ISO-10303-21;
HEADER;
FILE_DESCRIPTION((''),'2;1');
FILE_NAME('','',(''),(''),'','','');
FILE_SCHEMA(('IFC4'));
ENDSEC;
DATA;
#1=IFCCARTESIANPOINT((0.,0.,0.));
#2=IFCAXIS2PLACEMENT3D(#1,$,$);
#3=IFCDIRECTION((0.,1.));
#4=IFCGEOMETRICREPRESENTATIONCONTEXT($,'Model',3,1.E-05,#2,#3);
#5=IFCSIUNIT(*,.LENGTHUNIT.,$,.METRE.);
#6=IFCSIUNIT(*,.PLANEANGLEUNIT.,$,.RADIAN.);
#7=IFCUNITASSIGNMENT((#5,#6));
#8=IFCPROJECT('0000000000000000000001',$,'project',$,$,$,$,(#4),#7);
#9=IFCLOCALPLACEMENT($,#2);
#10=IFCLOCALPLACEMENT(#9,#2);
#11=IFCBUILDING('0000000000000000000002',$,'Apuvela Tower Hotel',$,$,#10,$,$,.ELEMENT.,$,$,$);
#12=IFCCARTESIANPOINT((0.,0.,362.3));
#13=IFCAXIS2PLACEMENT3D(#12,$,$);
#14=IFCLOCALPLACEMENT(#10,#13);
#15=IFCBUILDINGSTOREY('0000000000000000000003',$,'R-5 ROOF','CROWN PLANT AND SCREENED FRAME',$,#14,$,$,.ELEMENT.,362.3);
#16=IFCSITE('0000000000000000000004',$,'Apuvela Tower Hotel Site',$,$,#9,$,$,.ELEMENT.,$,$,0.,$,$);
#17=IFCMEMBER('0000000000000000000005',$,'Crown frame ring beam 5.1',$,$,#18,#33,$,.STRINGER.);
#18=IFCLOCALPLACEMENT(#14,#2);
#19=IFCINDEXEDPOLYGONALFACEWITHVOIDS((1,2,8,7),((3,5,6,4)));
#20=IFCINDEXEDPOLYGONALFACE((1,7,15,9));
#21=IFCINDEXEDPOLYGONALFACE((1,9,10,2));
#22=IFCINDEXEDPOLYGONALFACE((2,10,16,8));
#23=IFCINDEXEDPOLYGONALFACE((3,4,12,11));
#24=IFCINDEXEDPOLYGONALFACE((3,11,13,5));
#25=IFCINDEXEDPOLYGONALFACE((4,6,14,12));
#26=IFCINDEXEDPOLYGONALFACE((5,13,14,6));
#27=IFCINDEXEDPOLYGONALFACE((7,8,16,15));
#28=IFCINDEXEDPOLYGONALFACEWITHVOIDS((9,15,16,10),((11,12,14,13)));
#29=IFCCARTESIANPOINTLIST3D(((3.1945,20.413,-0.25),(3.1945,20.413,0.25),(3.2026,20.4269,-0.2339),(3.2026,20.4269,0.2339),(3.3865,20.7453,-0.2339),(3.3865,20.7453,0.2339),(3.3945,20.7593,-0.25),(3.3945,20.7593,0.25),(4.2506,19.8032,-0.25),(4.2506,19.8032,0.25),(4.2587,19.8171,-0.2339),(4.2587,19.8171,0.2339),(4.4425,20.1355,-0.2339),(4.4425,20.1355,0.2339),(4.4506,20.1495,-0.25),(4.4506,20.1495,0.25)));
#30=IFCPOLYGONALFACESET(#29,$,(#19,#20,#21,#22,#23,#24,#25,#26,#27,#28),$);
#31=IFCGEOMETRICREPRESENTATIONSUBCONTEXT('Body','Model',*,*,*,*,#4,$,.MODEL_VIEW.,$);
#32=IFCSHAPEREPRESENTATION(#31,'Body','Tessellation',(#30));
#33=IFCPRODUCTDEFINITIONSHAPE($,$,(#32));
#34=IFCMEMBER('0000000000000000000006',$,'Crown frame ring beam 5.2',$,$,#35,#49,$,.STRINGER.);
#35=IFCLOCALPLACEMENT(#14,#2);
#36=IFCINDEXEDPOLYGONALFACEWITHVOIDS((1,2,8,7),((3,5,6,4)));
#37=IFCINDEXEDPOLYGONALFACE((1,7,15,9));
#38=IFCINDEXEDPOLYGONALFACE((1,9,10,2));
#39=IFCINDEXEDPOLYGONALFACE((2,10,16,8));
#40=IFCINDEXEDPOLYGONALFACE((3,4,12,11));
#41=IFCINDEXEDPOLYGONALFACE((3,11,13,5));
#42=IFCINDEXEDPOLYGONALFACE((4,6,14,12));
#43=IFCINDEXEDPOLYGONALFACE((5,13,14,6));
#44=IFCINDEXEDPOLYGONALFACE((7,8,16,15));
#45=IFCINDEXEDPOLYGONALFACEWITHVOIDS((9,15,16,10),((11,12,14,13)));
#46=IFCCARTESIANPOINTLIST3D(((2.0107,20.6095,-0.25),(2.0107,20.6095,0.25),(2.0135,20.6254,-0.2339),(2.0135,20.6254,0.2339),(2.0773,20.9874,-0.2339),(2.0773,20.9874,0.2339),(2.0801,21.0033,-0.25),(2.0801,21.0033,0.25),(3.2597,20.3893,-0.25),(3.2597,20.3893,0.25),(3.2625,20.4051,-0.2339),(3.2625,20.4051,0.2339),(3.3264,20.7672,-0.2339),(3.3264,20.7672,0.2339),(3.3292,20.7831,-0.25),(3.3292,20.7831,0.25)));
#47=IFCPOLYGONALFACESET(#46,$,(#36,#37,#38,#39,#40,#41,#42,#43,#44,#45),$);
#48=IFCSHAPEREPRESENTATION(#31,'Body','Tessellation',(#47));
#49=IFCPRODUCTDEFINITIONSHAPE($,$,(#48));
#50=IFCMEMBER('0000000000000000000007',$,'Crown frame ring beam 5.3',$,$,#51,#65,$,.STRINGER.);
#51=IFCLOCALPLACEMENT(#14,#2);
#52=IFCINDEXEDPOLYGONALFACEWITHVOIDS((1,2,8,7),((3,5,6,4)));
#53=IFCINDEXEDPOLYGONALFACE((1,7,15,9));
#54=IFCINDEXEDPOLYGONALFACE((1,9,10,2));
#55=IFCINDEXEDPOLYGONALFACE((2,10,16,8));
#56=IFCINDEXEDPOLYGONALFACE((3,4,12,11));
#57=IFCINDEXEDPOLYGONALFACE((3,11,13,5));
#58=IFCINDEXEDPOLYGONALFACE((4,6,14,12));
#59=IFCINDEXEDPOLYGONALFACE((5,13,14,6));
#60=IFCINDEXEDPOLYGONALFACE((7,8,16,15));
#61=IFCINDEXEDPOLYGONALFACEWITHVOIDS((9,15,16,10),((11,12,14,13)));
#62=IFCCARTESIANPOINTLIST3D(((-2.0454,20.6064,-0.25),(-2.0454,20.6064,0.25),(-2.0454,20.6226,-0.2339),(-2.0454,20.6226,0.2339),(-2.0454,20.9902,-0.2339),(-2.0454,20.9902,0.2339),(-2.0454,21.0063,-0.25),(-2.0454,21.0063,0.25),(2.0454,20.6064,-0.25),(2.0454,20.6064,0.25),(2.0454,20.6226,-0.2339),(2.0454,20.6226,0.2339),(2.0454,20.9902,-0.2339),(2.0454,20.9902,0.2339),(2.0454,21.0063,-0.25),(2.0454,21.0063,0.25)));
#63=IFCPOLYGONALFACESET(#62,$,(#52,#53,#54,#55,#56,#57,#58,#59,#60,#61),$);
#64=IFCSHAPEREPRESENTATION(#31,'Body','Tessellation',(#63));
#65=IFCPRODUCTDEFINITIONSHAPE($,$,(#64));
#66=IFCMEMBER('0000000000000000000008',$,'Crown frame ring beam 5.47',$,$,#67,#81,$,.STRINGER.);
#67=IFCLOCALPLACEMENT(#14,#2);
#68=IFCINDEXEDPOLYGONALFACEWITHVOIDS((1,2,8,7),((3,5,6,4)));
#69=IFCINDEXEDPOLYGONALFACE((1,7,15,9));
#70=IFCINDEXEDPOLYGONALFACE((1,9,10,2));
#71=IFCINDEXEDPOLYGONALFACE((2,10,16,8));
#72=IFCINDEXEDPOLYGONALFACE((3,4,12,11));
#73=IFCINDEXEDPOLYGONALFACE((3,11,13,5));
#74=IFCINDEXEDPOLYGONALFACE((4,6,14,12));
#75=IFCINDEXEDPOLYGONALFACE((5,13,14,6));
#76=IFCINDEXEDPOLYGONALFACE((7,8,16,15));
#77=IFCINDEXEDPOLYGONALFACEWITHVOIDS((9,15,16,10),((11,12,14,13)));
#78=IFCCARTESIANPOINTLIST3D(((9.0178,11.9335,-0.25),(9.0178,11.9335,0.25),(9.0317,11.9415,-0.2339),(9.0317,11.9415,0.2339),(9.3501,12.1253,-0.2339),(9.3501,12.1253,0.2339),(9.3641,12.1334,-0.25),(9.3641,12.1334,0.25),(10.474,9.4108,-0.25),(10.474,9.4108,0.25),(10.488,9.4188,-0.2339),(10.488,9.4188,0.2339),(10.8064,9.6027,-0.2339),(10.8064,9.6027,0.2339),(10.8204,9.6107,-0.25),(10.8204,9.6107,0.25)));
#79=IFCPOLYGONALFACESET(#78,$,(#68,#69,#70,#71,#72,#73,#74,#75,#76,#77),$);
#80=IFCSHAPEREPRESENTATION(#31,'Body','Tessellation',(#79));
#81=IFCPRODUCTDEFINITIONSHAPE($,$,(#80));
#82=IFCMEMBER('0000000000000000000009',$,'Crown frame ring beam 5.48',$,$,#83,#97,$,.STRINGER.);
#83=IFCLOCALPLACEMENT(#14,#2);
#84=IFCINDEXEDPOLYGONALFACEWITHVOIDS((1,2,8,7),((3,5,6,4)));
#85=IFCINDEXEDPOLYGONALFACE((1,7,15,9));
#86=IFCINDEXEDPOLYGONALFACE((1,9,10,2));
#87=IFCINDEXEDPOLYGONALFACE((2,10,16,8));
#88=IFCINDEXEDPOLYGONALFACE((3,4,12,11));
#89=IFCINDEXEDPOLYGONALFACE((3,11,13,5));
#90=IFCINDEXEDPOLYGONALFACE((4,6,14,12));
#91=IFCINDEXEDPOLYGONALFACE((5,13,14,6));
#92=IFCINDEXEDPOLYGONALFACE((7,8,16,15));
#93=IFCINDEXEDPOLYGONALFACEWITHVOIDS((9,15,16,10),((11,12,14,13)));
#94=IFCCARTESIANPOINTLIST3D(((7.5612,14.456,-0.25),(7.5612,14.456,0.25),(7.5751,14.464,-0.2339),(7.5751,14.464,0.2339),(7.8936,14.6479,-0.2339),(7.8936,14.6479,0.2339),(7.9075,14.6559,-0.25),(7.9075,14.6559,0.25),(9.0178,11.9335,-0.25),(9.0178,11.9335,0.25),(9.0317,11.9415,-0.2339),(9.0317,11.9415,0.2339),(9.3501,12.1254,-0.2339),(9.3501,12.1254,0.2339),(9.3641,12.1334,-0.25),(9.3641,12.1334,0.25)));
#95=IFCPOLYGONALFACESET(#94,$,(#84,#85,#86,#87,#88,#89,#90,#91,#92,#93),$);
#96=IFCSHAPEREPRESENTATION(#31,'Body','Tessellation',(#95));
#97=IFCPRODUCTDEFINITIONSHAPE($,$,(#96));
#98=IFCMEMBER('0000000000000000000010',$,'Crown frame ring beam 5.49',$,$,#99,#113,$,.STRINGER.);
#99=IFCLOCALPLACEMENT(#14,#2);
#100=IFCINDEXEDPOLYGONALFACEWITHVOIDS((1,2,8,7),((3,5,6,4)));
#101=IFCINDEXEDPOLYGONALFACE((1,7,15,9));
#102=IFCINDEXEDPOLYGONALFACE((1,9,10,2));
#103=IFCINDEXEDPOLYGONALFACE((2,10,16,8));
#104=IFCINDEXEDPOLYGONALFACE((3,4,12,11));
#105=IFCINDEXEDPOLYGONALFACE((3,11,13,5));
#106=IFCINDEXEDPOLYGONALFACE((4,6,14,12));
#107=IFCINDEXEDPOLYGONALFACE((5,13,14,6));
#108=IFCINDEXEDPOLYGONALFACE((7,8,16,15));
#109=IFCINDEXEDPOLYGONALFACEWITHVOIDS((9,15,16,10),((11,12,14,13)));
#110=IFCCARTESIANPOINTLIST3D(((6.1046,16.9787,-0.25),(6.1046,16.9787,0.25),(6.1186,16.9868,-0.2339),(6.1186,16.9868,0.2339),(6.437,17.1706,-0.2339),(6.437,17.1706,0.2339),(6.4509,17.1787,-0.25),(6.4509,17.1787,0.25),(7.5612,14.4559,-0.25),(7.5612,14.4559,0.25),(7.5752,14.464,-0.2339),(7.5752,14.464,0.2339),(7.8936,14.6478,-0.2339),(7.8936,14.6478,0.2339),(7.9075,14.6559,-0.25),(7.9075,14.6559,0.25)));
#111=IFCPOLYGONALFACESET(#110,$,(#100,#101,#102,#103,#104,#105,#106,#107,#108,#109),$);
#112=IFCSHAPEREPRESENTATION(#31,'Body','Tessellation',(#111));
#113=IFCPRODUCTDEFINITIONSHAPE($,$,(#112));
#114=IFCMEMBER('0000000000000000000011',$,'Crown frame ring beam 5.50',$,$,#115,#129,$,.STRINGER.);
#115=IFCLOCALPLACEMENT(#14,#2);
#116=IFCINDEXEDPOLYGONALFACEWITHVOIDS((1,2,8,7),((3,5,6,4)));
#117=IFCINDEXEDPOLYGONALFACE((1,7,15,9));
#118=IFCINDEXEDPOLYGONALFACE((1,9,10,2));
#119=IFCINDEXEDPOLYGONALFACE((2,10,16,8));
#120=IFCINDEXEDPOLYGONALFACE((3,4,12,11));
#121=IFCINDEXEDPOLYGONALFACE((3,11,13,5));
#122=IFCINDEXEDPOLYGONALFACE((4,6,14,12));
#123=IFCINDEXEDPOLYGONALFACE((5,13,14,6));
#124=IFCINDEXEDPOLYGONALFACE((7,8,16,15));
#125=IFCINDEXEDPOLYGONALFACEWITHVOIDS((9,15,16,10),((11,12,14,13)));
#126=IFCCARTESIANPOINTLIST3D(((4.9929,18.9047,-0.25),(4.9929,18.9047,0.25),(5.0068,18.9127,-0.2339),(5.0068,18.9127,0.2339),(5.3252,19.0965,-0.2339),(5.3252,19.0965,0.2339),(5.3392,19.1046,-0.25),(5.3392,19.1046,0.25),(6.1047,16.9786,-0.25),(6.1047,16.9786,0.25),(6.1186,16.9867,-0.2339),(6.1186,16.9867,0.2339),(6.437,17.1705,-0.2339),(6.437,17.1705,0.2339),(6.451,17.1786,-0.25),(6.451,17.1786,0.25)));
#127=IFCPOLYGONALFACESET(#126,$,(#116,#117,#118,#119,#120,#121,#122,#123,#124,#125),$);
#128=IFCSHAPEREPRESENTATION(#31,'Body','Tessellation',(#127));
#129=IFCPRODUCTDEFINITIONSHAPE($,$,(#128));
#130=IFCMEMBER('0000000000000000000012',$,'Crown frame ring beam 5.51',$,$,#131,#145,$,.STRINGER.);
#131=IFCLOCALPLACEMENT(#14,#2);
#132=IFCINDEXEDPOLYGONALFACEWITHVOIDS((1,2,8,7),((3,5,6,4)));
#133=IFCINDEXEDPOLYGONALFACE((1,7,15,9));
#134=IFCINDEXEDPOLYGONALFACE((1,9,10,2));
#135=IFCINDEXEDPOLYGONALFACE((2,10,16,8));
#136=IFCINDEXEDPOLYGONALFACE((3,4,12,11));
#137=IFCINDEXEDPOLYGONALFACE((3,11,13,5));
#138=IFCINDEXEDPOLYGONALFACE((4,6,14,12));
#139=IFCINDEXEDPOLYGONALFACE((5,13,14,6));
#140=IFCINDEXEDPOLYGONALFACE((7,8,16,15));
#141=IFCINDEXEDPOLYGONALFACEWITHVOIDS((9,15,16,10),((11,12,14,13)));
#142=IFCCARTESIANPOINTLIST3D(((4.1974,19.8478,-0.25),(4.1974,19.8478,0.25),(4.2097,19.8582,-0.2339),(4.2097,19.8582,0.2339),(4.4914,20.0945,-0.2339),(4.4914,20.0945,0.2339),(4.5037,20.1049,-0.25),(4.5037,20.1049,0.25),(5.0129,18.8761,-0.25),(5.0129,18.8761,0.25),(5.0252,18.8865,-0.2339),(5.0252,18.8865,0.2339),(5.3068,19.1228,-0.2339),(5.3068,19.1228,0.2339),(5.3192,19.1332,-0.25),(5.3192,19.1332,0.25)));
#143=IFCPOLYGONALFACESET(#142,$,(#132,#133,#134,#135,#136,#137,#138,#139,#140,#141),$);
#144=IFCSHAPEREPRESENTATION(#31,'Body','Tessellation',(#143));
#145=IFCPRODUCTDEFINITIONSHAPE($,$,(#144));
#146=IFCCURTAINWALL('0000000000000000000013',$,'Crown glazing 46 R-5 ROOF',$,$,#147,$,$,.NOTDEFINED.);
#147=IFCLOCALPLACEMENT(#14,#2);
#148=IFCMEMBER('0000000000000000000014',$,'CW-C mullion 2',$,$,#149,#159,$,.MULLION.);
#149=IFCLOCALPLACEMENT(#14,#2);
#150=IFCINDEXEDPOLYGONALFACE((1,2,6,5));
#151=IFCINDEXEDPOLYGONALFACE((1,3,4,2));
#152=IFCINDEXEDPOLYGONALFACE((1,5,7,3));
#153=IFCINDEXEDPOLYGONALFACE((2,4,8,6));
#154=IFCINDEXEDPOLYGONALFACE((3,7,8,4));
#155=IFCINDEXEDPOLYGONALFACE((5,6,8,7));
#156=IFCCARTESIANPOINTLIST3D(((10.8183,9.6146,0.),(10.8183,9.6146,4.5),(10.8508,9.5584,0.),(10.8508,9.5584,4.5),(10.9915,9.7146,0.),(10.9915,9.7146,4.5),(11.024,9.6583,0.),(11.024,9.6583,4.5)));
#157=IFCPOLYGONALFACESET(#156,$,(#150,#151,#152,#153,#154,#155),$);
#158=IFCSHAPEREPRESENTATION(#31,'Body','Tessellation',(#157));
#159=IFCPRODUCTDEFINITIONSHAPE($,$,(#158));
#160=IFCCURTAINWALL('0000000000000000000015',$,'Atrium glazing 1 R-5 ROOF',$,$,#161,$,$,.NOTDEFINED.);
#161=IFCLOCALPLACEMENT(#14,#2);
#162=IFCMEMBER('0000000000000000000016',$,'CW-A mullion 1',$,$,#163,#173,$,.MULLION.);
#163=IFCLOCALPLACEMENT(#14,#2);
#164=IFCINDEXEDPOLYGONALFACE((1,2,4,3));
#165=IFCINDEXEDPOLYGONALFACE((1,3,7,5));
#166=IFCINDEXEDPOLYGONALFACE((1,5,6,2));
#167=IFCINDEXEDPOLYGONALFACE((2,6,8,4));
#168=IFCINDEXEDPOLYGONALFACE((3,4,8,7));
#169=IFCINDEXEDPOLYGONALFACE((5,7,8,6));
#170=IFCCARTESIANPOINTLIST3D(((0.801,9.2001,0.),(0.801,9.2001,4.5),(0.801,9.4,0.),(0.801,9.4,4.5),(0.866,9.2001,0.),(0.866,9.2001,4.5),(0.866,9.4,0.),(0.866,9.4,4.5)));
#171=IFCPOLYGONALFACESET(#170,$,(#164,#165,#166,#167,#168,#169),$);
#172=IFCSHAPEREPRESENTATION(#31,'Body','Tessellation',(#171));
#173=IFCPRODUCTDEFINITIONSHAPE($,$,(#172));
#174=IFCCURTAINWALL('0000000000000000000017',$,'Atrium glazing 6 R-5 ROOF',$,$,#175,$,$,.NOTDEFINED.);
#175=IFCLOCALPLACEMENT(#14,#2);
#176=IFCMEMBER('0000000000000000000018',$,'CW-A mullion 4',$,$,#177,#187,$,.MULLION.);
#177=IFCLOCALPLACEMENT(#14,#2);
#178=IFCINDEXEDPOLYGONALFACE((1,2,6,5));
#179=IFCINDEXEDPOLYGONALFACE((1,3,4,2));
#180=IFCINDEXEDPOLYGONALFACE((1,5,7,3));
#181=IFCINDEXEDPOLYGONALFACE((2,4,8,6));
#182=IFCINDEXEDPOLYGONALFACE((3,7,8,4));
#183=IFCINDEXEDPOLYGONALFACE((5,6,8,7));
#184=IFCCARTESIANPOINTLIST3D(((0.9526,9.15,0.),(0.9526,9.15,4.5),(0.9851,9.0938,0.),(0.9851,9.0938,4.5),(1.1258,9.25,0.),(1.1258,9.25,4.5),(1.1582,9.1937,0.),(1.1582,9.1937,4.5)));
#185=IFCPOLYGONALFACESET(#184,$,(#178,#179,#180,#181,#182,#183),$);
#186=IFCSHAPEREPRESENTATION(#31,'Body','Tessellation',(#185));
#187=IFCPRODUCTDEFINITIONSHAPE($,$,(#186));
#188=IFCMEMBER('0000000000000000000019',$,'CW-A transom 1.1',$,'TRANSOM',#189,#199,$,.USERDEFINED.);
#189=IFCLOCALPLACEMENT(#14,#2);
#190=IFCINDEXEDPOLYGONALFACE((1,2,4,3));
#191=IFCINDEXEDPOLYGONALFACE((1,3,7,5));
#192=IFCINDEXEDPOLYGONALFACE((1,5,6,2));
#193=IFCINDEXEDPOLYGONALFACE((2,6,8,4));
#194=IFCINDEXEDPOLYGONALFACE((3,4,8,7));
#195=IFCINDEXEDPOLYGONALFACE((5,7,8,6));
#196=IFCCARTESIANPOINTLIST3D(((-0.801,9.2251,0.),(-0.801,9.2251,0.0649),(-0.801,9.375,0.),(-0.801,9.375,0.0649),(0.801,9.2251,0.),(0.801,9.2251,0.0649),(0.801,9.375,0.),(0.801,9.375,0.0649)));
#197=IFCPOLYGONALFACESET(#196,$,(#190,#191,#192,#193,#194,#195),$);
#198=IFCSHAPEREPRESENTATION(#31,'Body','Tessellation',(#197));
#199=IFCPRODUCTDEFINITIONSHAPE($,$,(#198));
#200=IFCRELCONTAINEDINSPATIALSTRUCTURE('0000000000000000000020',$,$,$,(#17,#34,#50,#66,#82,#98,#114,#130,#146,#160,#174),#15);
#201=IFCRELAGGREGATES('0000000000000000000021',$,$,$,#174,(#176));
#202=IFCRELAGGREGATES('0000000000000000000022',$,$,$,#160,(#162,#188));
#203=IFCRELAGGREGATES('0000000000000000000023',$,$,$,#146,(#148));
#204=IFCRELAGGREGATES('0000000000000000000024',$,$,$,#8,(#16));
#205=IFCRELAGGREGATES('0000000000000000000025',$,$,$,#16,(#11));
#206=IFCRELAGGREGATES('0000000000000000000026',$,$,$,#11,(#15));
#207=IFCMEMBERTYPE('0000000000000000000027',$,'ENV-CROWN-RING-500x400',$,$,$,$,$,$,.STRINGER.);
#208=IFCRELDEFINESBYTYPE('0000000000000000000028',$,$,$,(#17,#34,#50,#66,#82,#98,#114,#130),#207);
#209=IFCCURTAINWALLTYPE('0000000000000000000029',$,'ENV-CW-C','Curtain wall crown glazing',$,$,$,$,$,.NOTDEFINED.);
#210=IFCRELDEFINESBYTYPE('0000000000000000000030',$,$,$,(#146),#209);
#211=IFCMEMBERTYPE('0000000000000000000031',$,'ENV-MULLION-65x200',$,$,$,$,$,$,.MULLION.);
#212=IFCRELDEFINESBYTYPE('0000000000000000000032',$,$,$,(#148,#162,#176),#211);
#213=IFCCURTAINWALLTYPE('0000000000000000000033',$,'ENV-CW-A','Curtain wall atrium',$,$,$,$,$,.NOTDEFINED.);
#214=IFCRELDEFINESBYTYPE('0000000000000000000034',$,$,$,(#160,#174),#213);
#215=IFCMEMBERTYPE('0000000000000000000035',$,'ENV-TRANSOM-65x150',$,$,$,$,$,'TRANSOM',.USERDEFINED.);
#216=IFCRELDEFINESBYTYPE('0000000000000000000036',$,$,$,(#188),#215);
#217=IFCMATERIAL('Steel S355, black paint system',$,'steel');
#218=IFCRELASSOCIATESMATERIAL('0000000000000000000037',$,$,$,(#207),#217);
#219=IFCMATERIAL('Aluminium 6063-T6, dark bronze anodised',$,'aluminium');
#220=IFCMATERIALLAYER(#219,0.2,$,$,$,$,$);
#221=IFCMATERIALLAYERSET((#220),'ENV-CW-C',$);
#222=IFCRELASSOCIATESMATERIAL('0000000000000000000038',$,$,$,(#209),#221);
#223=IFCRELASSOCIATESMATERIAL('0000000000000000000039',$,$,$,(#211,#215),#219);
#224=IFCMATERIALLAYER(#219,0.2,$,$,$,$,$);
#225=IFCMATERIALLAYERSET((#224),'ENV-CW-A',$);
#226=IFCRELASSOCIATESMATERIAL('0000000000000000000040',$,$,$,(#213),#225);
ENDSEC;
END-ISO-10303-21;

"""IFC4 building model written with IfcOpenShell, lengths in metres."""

from ifc_helpers import new_model, si_unit, direction, frame, origin, origin_2d, place, context, subcontext, project, spatial, rectangle, hollow_rectangle, extrude, material, layer, layer_set, material_profile, profile_set, type_object, element, aggregate, save


model = new_model("IFC4")

# Units and contexts
model_context = context("Model", 3, precision=1e-05, world=origin(), true_north=direction((0.0, 1.0)))
body_context = subcontext(model_context, "Body", "Model", "MODEL_VIEW")
ifc_project = project(units=[si_unit("LENGTHUNIT", "METRE"), si_unit("PLANEANGLEUNIT", "RADIAN")], contexts=[model_context])

# Site, building, storey
site_placement = place(None, origin())
site = spatial("IfcSite", under=ifc_project, at=site_placement, Name="Apuvela Tower Hotel Site", CompositionType="ELEMENT", RefElevation=0.0)
building_placement = place(site_placement, origin())
building = spatial("IfcBuilding", under=site, at=building_placement, Name="Apuvela Tower Hotel", CompositionType="ELEMENT")
storey_placement = place(building_placement, frame((0.0, 0.0, 362.3)))
storey = spatial("IfcBuildingStorey", under=building, at=storey_placement, Name="R-5 ROOF", Description="CROWN PLANT AND SCREENED FRAME", CompositionType="ELEMENT", Elevation=362.3)

# Members
ifc_material_1 = material(Name="Steel S355, black paint system", Category="steel")
ifc_material_profile_1 = material_profile(ifc_material_1, hollow_rectangle(XDim=0.3999, YDim=0.5, WallThickness=0.0161, at=origin_2d()), Name="HSS 500x400x16")
ifc_profile_set_1 = profile_set([ifc_material_profile_1], Name="Steel S355, black paint system")
member_type_1 = type_object("IfcMemberType", Name="ENV-CROWN-RING-500x400", PredefinedType="STRINGER", material=ifc_profile_set_1)
member_1_placement = place(storey_placement, frame((4.3506, 19.9763, 0.0), z_axis=(-0.865992, 0.500057, 0.0), x_axis=(-0.500057, -0.865992, 0.0)))
element("IfcMember", 1, at=member_1_placement, inside=storey, type_object=member_type_1, Name="Crown frame ring beam 5.1", PredefinedType="STRINGER", context=body_context, shape_type="SweptSolid", body=[
    extrude(hollow_rectangle(XDim=0.3999, YDim=0.5, WallThickness=0.0161, at=origin_2d()), origin(), (0.0, 0.0, 1.0), 1.2195),
])
member_2_placement = place(storey_placement, frame((3.2944, 20.5862, 0.0), z_axis=(-0.984811, 0.173632, 0.0), x_axis=(-0.173632, -0.984811, 0.0)))
element("IfcMember", 2, at=member_2_placement, inside=storey, type_object=member_type_1, Name="Crown frame ring beam 5.2", PredefinedType="STRINGER", context=body_context, shape_type="SweptSolid", body=[
    extrude(hollow_rectangle(XDim=0.3999, YDim=0.5, WallThickness=0.0161, at=origin_2d()), origin(), (0.0, 0.0, 1.0), 1.2683),
])
member_3_placement = place(storey_placement, frame((2.0454, 20.8064, 0.0), z_axis=(-1.0, 0.0, 0.0), x_axis=(0.0, -1.0, 0.0)))
element("IfcMember", 3, at=member_3_placement, inside=storey, type_object=member_type_1, Name="Crown frame ring beam 5.3", PredefinedType="STRINGER", context=body_context, shape_type="SweptSolid", body=[
    extrude(hollow_rectangle(XDim=0.3999, YDim=0.5, WallThickness=0.0161, at=origin_2d()), origin(), (0.0, 0.0, 1.0), 4.0908),
])
for number, where, z_axis, x_axis, name in (
    (4, (10.6472, 9.5107, 0.0), (-0.499952, 0.866053, 0.0), (-0.866053, -0.499952, 0.0), "Crown frame ring beam 5.47"),
    (5, (9.1909, 12.0334, 0.0), (-0.500051, 0.865996, 0.0), (-0.865996, -0.500051, 0.0), "Crown frame ring beam 5.48"),
):
    element("IfcMember", number, at=place(storey_placement, frame(where, z_axis=z_axis, x_axis=x_axis)), inside=storey, type_object=member_type_1, Name=name, PredefinedType="STRINGER", context=body_context, shape_type="SweptSolid", body=[
        extrude(hollow_rectangle(XDim=0.3999, YDim=0.5, WallThickness=0.0161, at=origin_2d()), origin(), (0.0, 0.0, 1.0), 2.9128),
    ])
member_4_placement = place(storey_placement, frame((7.7344, 14.5559, 0.0), z_axis=(-0.500015, 0.866017, 0.0), x_axis=(-0.866017, -0.500015, 0.0)))
element("IfcMember", 6, at=member_4_placement, inside=storey, type_object=member_type_1, Name="Crown frame ring beam 5.49", PredefinedType="STRINGER", context=body_context, shape_type="SweptSolid", body=[
    extrude(hollow_rectangle(XDim=0.3999, YDim=0.5, WallThickness=0.0161, at=origin_2d()), origin(), (0.0, 0.0, 1.0), 2.9131),
])
member_5_placement = place(storey_placement, frame((6.2778, 17.0786, 0.0), z_axis=(-0.499941, 0.866059, 0.0), x_axis=(-0.866059, -0.499941, 0.0)))
element("IfcMember", 7, at=member_5_placement, inside=storey, type_object=member_type_1, Name="Crown frame ring beam 5.50", PredefinedType="STRINGER", context=body_context, shape_type="SweptSolid", body=[
    extrude(hollow_rectangle(XDim=0.3999, YDim=0.5, WallThickness=0.0161, at=origin_2d()), origin(), (0.0, 0.0, 1.0), 2.2239),
])
member_6_placement = place(storey_placement, frame((5.166, 19.0046, 0.0), z_axis=(-0.642831, 0.766008, 0.0), x_axis=(-0.766008, -0.642831, 0.0)))
element("IfcMember", 8, at=member_6_placement, inside=storey, type_object=member_type_1, Name="Crown frame ring beam 5.51", PredefinedType="STRINGER", context=body_context, shape_type="SweptSolid", body=[
    extrude(hollow_rectangle(XDim=0.3999, YDim=0.5, WallThickness=0.0161, at=origin_2d()), origin(), (0.0, 0.0, 1.0), 1.2686),
])

# Curtain walls, members
ifc_material_2 = material(Name="Aluminium 6063-T6, dark bronze anodised", Category="aluminium")
ifc_layer_1 = layer(ifc_material_2, 0.2)
ifc_layer_set_1 = layer_set([ifc_layer_1], Name="ENV-CW-C")
curtain_wall_type_1 = type_object("IfcCurtainWallType", Name="ENV-CW-C", Description="Curtain wall crown glazing", PredefinedType="NOTDEFINED", material=ifc_layer_set_1)
curtain_wall_1_placement = place(storey_placement, origin())
curtain_wall_1 = element("IfcCurtainWall", 9, at=curtain_wall_1_placement, inside=storey, type_object=curtain_wall_type_1, Name="Crown glazing 46 R-5 ROOF", PredefinedType="NOTDEFINED")
ifc_material_profile_2 = material_profile(ifc_material_2, rectangle(XDim=0.2, YDim=0.0649, at=origin_2d()), Name="AL 65x200")
ifc_profile_set_2 = profile_set([ifc_material_profile_2], Name="Aluminium 6063-T6, dark bronze anodised")
member_type_2 = type_object("IfcMemberType", Name="ENV-MULLION-65x200", PredefinedType="MULLION", material=ifc_profile_set_2)
member_7_placement = place(storey_placement, frame((10.9211, 9.6365, 0.0), z_axis=(0.0, 0.0, 1.0), x_axis=(-0.866022, -0.500006, 0.0)))
member_7 = element("IfcMember", 10, at=member_7_placement, type_object=member_type_2, Name="CW-C mullion 2", PredefinedType="MULLION", context=body_context, shape_type="SweptSolid", body=[
    extrude(rectangle(XDim=0.2, YDim=0.0649, at=origin_2d()), origin(), (0.0, 0.0, 1.0), 4.5),
])
ifc_layer_2 = layer(ifc_material_2, 0.2)
ifc_layer_set_2 = layer_set([ifc_layer_2], Name="ENV-CW-A")
curtain_wall_type_2 = type_object("IfcCurtainWallType", Name="ENV-CW-A", Description="Curtain wall atrium", PredefinedType="NOTDEFINED", material=ifc_layer_set_2)
curtain_wall_2_placement = place(storey_placement, origin())
curtain_wall_2 = element("IfcCurtainWall", 11, at=curtain_wall_2_placement, inside=storey, type_object=curtain_wall_type_2, Name="Atrium glazing 1 R-5 ROOF", PredefinedType="NOTDEFINED")
member_8_placement = place(storey_placement, frame((0.8335, 9.3, 0.0), z_axis=(0.0, 0.0, 1.0), x_axis=(0.0, -1.0, 0.0)))
member_8 = element("IfcMember", 12, at=member_8_placement, type_object=member_type_2, Name="CW-A mullion 1", PredefinedType="MULLION", context=body_context, shape_type="SweptSolid", body=[
    extrude(rectangle(XDim=0.2, YDim=0.0649, at=origin_2d()), origin(), (0.0, 0.0, 1.0), 4.5),
])
curtain_wall_3_placement = place(storey_placement, origin())
curtain_wall_3 = element("IfcCurtainWall", 13, at=curtain_wall_3_placement, inside=storey, type_object=curtain_wall_type_2, Name="Atrium glazing 6 R-5 ROOF", PredefinedType="NOTDEFINED")
member_9_placement = place(storey_placement, frame((1.0554, 9.1719, 0.0), z_axis=(0.0, 0.0, 1.0), x_axis=(-0.866026, -0.499999, 0.0)))
member_9 = element("IfcMember", 14, at=member_9_placement, type_object=member_type_2, Name="CW-A mullion 4", PredefinedType="MULLION", context=body_context, shape_type="SweptSolid", body=[
    extrude(rectangle(XDim=0.2, YDim=0.0649, at=origin_2d()), origin(), (0.0, 0.0, 1.0), 4.5),
])
aggregate(curtain_wall_3, [member_9])

# Member
ifc_material_profile_3 = material_profile(ifc_material_2, rectangle(XDim=0.1499, YDim=0.0649, at=origin_2d()), Name="AL 65x150 transom")
ifc_profile_set_3 = profile_set([ifc_material_profile_3], Name="Aluminium 6063-T6, dark bronze anodised")
member_type_3 = type_object("IfcMemberType", Name="ENV-TRANSOM-65x150", ElementType="TRANSOM", PredefinedType="USERDEFINED", material=ifc_profile_set_3)
member_10_placement = place(storey_placement, frame((0.801, 9.3, 0.0325), z_axis=(-1.0, 0.0, 0.0), x_axis=(0.0, -1.0, 0.0)))
member_10 = element("IfcMember", 15, at=member_10_placement, type_object=member_type_3, Name="CW-A transom 1.1", ObjectType="TRANSOM", PredefinedType="USERDEFINED", context=body_context, shape_type="SweptSolid", body=[
    extrude(rectangle(XDim=0.1499, YDim=0.0649, at=origin_2d()), origin(), (0.0, 0.0, 1.0), 1.6021),
])
aggregate(curtain_wall_2, [member_8, member_10])

aggregate(curtain_wall_1, [member_7])

save(model, "model.ifc")
